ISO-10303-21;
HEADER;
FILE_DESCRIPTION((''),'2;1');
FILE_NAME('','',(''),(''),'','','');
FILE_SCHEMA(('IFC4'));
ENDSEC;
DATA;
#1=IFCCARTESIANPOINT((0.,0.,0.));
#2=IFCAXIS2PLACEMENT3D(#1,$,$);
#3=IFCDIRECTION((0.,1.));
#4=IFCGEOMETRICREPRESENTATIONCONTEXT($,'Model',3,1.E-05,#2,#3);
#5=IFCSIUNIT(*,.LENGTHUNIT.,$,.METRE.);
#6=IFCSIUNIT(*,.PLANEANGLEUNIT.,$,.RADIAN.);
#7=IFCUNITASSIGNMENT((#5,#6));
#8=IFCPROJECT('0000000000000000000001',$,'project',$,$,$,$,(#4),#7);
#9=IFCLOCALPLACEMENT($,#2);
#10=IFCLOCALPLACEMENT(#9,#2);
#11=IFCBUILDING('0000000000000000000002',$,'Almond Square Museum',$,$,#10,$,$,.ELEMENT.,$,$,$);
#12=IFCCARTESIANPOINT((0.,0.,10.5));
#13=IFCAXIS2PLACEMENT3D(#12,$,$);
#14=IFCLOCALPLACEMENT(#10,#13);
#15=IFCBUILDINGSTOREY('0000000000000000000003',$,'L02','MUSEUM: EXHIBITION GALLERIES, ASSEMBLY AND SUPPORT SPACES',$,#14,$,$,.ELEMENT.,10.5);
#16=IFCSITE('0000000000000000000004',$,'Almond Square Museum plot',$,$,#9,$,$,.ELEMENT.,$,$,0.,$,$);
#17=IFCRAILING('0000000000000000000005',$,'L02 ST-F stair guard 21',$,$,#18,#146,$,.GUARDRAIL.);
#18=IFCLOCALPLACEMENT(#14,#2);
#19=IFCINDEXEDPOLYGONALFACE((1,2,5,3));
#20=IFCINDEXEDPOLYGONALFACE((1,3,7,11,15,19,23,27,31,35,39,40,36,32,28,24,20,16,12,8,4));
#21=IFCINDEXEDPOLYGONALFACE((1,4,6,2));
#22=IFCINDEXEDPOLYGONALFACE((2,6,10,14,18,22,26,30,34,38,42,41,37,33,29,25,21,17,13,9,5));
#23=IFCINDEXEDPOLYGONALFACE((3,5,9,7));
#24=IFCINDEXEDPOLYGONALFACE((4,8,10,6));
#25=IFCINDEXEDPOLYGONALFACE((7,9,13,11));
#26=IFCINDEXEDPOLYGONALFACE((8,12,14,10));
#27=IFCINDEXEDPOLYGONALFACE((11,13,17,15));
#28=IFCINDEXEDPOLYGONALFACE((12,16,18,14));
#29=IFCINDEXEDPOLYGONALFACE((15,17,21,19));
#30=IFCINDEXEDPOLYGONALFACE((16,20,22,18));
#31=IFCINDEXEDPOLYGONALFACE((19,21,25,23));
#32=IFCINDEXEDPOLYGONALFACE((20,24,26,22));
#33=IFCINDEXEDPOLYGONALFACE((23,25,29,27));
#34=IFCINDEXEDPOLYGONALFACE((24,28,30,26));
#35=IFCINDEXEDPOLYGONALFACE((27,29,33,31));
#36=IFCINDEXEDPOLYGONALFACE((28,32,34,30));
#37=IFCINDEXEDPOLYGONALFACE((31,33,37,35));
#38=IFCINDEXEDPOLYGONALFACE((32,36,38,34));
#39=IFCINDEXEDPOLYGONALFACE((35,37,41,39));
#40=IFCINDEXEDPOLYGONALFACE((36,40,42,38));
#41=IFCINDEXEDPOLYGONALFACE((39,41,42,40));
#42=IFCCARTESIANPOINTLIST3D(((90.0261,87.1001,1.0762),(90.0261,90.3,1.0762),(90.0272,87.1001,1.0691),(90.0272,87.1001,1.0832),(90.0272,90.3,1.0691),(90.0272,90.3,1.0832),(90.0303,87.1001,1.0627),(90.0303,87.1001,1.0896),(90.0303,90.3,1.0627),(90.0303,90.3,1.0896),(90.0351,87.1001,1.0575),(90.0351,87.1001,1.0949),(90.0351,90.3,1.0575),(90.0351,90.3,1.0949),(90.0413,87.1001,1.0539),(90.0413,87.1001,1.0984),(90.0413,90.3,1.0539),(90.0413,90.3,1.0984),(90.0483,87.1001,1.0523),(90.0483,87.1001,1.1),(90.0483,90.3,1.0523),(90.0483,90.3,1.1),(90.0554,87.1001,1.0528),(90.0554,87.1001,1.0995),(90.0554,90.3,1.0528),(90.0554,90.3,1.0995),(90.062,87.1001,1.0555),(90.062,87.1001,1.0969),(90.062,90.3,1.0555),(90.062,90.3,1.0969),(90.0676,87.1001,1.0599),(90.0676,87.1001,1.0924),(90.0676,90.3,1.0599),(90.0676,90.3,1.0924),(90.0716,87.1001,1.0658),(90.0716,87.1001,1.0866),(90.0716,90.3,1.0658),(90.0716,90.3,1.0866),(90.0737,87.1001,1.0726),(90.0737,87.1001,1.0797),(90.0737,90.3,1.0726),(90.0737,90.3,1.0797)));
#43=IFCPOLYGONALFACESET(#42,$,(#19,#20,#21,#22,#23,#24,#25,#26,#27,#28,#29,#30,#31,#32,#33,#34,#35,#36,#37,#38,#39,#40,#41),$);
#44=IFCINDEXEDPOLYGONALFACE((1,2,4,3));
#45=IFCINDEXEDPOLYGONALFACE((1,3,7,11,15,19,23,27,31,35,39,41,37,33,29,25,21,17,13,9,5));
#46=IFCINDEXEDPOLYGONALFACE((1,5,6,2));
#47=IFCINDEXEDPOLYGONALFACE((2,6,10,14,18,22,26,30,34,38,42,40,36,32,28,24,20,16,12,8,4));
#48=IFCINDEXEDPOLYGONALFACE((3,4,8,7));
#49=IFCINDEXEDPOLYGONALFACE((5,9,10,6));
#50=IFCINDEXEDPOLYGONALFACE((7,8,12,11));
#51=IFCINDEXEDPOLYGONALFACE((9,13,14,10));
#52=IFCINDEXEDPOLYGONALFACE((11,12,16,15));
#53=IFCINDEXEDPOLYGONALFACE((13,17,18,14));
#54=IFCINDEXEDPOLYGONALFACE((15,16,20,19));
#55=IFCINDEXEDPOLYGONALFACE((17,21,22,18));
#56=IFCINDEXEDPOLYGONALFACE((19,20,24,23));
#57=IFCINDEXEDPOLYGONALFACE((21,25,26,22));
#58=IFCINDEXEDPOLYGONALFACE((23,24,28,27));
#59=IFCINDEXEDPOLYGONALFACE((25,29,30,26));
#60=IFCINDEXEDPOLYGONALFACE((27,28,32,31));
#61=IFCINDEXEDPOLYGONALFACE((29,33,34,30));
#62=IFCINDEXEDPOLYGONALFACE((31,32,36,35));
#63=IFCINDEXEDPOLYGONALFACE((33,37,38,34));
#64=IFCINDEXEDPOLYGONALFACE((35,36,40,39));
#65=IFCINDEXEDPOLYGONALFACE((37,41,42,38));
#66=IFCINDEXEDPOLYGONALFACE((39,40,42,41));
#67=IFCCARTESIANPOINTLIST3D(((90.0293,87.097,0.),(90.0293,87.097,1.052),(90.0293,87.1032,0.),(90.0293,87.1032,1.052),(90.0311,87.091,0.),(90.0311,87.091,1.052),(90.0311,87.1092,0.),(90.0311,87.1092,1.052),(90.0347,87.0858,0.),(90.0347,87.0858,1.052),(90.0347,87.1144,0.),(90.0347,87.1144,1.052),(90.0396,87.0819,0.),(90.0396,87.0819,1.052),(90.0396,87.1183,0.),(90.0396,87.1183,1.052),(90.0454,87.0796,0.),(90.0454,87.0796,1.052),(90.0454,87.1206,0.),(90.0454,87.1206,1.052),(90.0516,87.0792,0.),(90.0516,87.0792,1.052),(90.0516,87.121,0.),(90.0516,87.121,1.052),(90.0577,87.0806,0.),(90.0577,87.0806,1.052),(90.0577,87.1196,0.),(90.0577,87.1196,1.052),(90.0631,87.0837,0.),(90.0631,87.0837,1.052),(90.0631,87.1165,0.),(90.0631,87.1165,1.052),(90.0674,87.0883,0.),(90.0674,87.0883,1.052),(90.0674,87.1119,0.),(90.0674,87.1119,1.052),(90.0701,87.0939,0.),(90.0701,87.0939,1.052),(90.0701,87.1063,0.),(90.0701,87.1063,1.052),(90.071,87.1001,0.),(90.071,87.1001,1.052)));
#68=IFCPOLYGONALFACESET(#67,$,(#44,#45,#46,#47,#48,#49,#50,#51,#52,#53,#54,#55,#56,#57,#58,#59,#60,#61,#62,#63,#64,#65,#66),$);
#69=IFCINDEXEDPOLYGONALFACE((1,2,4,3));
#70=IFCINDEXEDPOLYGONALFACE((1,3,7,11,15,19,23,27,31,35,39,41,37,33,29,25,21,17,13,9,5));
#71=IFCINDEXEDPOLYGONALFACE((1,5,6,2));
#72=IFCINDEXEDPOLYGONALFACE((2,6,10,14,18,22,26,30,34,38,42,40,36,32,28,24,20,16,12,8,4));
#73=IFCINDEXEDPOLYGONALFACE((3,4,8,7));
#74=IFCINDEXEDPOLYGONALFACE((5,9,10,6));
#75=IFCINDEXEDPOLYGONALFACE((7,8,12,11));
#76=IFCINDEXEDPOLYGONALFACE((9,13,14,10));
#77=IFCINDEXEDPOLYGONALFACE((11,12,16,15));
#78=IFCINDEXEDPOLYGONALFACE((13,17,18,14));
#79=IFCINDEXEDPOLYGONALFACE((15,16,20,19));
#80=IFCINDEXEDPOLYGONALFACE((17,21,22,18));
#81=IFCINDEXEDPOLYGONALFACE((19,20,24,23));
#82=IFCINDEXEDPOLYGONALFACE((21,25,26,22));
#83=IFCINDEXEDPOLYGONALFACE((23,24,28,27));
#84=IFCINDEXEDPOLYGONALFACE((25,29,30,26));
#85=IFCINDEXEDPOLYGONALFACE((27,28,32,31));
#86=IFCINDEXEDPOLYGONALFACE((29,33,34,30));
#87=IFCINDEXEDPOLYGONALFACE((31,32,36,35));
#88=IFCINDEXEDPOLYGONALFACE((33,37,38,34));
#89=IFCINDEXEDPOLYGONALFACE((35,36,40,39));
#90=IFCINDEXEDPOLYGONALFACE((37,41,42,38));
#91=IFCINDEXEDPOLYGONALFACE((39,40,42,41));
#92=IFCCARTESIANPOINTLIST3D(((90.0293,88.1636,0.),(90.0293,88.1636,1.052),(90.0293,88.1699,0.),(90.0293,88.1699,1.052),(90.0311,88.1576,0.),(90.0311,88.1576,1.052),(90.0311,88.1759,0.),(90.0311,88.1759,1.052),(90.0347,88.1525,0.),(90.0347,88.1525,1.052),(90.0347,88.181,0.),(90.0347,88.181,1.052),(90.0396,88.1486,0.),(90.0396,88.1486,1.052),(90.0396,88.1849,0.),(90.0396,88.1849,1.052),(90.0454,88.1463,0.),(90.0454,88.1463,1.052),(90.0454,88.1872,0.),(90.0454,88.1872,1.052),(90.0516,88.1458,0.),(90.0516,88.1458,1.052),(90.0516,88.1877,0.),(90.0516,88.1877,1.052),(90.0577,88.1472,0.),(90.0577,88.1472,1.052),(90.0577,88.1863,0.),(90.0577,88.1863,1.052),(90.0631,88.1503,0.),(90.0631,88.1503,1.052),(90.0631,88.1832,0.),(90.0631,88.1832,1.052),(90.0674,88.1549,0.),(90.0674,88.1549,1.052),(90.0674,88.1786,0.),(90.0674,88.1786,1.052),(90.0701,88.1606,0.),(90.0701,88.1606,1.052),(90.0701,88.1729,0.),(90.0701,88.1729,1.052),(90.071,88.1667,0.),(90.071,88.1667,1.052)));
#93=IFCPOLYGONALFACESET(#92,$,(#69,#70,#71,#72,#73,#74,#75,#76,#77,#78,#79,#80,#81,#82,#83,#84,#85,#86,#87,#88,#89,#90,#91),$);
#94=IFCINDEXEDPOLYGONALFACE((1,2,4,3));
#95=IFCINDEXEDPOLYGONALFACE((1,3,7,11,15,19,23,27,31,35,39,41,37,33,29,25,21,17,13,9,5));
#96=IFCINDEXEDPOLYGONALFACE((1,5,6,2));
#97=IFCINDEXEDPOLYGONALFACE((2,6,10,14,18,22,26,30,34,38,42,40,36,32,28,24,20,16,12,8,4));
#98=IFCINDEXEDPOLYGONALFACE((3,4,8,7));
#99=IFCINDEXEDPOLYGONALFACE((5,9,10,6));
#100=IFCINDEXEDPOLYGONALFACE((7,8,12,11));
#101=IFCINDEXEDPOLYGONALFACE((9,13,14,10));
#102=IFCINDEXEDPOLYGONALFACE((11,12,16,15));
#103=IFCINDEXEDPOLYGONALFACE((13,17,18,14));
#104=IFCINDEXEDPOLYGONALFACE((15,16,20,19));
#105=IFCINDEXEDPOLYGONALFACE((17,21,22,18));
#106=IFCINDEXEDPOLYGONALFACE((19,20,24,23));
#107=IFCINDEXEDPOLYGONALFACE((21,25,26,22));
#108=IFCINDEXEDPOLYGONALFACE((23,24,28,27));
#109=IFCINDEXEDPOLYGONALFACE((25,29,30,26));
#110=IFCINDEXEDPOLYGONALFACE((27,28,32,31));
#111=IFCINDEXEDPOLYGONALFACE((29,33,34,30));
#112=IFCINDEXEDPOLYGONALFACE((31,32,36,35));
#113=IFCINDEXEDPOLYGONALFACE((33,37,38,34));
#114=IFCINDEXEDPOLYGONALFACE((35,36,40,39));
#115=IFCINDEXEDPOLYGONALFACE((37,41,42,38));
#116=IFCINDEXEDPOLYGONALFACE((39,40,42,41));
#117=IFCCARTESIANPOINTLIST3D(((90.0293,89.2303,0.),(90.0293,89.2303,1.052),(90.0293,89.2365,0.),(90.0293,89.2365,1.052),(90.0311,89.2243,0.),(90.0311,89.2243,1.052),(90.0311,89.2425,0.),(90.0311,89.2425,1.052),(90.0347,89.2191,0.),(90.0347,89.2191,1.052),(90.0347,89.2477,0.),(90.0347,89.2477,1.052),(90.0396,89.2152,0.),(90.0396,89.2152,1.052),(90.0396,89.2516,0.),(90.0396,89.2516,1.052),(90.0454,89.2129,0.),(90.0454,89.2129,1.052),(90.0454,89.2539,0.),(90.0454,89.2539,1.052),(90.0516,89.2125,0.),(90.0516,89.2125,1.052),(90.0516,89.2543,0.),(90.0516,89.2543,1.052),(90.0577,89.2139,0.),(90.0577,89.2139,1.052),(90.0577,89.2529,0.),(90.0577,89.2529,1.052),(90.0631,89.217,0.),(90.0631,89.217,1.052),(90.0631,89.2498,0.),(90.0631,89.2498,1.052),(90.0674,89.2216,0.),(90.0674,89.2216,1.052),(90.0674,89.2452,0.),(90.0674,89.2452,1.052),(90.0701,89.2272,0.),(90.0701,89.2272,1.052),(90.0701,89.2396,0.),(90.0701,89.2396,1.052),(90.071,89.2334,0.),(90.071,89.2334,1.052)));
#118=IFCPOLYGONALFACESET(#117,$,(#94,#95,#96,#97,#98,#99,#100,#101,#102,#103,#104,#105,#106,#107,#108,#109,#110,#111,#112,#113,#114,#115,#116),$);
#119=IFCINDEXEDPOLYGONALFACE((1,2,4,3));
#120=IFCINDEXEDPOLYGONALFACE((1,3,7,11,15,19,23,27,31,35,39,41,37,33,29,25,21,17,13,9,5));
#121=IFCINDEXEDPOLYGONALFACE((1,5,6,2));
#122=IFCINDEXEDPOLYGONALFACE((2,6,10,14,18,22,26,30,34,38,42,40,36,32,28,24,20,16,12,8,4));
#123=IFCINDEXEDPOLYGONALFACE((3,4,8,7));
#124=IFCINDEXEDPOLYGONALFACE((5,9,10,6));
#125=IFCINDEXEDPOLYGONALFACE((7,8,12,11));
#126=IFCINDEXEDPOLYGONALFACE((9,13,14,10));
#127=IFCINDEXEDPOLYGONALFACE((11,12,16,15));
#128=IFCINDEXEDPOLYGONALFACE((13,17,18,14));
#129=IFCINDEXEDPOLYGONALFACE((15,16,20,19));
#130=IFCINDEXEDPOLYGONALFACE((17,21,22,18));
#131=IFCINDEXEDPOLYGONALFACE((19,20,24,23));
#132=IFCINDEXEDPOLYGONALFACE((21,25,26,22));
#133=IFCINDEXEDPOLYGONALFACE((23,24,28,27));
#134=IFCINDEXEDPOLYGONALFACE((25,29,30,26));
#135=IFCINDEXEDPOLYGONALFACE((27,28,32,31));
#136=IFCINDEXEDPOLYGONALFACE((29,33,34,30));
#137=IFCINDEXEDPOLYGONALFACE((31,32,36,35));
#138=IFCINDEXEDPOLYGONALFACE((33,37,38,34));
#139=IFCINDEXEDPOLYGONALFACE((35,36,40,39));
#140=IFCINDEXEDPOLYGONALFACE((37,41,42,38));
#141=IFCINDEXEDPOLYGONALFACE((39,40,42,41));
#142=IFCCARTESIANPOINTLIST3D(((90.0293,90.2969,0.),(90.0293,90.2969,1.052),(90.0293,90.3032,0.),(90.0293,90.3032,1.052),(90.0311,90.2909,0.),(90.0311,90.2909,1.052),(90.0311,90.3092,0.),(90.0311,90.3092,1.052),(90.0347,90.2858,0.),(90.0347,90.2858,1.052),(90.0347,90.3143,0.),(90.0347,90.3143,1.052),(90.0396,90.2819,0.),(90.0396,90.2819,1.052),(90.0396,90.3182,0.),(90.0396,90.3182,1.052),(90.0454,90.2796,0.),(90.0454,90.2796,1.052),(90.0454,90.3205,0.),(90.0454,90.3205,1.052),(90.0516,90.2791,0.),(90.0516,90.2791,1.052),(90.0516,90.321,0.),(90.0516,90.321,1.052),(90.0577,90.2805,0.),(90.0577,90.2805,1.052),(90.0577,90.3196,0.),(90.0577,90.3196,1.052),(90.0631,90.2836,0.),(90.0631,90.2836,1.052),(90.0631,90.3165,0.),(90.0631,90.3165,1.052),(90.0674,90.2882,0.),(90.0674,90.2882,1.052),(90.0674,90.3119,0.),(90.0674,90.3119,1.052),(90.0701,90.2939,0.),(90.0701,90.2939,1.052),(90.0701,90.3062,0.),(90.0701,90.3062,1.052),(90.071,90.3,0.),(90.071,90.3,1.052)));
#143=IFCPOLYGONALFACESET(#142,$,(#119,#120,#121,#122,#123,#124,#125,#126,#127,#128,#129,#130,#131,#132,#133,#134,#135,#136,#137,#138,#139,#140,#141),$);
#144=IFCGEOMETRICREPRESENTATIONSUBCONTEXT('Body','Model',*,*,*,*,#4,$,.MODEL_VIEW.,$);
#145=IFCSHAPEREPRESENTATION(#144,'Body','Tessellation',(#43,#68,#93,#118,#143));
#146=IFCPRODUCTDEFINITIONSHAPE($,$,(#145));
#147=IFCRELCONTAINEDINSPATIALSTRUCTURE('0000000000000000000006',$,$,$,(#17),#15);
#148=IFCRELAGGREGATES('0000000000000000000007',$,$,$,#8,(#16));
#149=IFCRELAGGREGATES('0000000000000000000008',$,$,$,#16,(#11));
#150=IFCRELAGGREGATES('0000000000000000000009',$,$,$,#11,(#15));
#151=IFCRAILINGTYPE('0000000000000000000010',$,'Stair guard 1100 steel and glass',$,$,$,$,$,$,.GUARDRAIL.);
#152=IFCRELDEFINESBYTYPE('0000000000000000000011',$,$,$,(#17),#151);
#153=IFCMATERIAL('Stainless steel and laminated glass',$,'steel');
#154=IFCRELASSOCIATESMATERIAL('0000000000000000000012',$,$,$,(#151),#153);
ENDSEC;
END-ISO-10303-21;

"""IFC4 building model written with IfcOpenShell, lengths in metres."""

from ifc_helpers import new_model, si_unit, direction, frame, origin, origin_2d, place, context, subcontext, project, spatial, circle, extrude, material, type_object, element, save


model = new_model("IFC4")

# Units and contexts
model_context = context("Model", 3, precision=1e-05, world=origin(), true_north=direction((0.0, 1.0)))
body_context = subcontext(model_context, "Body", "Model", "MODEL_VIEW")
ifc_project = project(units=[si_unit("LENGTHUNIT", "METRE"), si_unit("PLANEANGLEUNIT", "RADIAN")], contexts=[model_context])

# Site, building, storey
site_placement = place(None, origin())
site = spatial("IfcSite", under=ifc_project, at=site_placement, Name="Almond Square Museum plot", CompositionType="ELEMENT", RefElevation=0.0)
building_placement = place(site_placement, origin())
building = spatial("IfcBuilding", under=site, at=building_placement, Name="Almond Square Museum", CompositionType="ELEMENT")
storey_placement = place(building_placement, frame((0.0, 0.0, 10.5)))
storey = spatial("IfcBuildingStorey", under=building, at=storey_placement, Name="L02", Description="MUSEUM: EXHIBITION GALLERIES, ASSEMBLY AND SUPPORT SPACES", CompositionType="ELEMENT", Elevation=10.5)

# Railing
ifc_material_1 = material(Name="Stainless steel and laminated glass", Category="steel")
railing_type_1 = type_object("IfcRailingType", Name="Stair guard 1100 steel and glass", PredefinedType="GUARDRAIL", material=ifc_material_1)
railing_1_placement = place(storey_placement, frame((90.05, 87.1001, 0.0)))
element("IfcRailing", 1, at=railing_1_placement, inside=storey, type_object=railing_type_1, Name="L02 ST-F stair guard 21", PredefinedType="GUARDRAIL", context=body_context, shape_type="SweptSolid", body=[
    extrude(circle(Radius=0.0239, at=origin_2d()), frame((0.0, 0.0, 1.0762), z_axis=(0.0, 1.0, 0.0), x_axis=(-1.0, 0.0, 0.0)), (0.0, 0.0, 1.0), 3.2),
    extrude(circle(Radius=0.021, at=origin_2d()), origin(), (0.0, 0.0, 1.0), 1.052),
    extrude(circle(Radius=0.021, at=origin_2d()), frame((0.0, 1.0667, 0.0)), (0.0, 0.0, 1.0), 1.052),
    extrude(circle(Radius=0.021, at=origin_2d()), frame((0.0, 2.1333, 0.0)), (0.0, 0.0, 1.0), 1.052),
    extrude(circle(Radius=0.021, at=origin_2d()), frame((0.0, 3.2, 0.0)), (0.0, 0.0, 1.0), 1.052),
])

save(model, "model.ifc")
